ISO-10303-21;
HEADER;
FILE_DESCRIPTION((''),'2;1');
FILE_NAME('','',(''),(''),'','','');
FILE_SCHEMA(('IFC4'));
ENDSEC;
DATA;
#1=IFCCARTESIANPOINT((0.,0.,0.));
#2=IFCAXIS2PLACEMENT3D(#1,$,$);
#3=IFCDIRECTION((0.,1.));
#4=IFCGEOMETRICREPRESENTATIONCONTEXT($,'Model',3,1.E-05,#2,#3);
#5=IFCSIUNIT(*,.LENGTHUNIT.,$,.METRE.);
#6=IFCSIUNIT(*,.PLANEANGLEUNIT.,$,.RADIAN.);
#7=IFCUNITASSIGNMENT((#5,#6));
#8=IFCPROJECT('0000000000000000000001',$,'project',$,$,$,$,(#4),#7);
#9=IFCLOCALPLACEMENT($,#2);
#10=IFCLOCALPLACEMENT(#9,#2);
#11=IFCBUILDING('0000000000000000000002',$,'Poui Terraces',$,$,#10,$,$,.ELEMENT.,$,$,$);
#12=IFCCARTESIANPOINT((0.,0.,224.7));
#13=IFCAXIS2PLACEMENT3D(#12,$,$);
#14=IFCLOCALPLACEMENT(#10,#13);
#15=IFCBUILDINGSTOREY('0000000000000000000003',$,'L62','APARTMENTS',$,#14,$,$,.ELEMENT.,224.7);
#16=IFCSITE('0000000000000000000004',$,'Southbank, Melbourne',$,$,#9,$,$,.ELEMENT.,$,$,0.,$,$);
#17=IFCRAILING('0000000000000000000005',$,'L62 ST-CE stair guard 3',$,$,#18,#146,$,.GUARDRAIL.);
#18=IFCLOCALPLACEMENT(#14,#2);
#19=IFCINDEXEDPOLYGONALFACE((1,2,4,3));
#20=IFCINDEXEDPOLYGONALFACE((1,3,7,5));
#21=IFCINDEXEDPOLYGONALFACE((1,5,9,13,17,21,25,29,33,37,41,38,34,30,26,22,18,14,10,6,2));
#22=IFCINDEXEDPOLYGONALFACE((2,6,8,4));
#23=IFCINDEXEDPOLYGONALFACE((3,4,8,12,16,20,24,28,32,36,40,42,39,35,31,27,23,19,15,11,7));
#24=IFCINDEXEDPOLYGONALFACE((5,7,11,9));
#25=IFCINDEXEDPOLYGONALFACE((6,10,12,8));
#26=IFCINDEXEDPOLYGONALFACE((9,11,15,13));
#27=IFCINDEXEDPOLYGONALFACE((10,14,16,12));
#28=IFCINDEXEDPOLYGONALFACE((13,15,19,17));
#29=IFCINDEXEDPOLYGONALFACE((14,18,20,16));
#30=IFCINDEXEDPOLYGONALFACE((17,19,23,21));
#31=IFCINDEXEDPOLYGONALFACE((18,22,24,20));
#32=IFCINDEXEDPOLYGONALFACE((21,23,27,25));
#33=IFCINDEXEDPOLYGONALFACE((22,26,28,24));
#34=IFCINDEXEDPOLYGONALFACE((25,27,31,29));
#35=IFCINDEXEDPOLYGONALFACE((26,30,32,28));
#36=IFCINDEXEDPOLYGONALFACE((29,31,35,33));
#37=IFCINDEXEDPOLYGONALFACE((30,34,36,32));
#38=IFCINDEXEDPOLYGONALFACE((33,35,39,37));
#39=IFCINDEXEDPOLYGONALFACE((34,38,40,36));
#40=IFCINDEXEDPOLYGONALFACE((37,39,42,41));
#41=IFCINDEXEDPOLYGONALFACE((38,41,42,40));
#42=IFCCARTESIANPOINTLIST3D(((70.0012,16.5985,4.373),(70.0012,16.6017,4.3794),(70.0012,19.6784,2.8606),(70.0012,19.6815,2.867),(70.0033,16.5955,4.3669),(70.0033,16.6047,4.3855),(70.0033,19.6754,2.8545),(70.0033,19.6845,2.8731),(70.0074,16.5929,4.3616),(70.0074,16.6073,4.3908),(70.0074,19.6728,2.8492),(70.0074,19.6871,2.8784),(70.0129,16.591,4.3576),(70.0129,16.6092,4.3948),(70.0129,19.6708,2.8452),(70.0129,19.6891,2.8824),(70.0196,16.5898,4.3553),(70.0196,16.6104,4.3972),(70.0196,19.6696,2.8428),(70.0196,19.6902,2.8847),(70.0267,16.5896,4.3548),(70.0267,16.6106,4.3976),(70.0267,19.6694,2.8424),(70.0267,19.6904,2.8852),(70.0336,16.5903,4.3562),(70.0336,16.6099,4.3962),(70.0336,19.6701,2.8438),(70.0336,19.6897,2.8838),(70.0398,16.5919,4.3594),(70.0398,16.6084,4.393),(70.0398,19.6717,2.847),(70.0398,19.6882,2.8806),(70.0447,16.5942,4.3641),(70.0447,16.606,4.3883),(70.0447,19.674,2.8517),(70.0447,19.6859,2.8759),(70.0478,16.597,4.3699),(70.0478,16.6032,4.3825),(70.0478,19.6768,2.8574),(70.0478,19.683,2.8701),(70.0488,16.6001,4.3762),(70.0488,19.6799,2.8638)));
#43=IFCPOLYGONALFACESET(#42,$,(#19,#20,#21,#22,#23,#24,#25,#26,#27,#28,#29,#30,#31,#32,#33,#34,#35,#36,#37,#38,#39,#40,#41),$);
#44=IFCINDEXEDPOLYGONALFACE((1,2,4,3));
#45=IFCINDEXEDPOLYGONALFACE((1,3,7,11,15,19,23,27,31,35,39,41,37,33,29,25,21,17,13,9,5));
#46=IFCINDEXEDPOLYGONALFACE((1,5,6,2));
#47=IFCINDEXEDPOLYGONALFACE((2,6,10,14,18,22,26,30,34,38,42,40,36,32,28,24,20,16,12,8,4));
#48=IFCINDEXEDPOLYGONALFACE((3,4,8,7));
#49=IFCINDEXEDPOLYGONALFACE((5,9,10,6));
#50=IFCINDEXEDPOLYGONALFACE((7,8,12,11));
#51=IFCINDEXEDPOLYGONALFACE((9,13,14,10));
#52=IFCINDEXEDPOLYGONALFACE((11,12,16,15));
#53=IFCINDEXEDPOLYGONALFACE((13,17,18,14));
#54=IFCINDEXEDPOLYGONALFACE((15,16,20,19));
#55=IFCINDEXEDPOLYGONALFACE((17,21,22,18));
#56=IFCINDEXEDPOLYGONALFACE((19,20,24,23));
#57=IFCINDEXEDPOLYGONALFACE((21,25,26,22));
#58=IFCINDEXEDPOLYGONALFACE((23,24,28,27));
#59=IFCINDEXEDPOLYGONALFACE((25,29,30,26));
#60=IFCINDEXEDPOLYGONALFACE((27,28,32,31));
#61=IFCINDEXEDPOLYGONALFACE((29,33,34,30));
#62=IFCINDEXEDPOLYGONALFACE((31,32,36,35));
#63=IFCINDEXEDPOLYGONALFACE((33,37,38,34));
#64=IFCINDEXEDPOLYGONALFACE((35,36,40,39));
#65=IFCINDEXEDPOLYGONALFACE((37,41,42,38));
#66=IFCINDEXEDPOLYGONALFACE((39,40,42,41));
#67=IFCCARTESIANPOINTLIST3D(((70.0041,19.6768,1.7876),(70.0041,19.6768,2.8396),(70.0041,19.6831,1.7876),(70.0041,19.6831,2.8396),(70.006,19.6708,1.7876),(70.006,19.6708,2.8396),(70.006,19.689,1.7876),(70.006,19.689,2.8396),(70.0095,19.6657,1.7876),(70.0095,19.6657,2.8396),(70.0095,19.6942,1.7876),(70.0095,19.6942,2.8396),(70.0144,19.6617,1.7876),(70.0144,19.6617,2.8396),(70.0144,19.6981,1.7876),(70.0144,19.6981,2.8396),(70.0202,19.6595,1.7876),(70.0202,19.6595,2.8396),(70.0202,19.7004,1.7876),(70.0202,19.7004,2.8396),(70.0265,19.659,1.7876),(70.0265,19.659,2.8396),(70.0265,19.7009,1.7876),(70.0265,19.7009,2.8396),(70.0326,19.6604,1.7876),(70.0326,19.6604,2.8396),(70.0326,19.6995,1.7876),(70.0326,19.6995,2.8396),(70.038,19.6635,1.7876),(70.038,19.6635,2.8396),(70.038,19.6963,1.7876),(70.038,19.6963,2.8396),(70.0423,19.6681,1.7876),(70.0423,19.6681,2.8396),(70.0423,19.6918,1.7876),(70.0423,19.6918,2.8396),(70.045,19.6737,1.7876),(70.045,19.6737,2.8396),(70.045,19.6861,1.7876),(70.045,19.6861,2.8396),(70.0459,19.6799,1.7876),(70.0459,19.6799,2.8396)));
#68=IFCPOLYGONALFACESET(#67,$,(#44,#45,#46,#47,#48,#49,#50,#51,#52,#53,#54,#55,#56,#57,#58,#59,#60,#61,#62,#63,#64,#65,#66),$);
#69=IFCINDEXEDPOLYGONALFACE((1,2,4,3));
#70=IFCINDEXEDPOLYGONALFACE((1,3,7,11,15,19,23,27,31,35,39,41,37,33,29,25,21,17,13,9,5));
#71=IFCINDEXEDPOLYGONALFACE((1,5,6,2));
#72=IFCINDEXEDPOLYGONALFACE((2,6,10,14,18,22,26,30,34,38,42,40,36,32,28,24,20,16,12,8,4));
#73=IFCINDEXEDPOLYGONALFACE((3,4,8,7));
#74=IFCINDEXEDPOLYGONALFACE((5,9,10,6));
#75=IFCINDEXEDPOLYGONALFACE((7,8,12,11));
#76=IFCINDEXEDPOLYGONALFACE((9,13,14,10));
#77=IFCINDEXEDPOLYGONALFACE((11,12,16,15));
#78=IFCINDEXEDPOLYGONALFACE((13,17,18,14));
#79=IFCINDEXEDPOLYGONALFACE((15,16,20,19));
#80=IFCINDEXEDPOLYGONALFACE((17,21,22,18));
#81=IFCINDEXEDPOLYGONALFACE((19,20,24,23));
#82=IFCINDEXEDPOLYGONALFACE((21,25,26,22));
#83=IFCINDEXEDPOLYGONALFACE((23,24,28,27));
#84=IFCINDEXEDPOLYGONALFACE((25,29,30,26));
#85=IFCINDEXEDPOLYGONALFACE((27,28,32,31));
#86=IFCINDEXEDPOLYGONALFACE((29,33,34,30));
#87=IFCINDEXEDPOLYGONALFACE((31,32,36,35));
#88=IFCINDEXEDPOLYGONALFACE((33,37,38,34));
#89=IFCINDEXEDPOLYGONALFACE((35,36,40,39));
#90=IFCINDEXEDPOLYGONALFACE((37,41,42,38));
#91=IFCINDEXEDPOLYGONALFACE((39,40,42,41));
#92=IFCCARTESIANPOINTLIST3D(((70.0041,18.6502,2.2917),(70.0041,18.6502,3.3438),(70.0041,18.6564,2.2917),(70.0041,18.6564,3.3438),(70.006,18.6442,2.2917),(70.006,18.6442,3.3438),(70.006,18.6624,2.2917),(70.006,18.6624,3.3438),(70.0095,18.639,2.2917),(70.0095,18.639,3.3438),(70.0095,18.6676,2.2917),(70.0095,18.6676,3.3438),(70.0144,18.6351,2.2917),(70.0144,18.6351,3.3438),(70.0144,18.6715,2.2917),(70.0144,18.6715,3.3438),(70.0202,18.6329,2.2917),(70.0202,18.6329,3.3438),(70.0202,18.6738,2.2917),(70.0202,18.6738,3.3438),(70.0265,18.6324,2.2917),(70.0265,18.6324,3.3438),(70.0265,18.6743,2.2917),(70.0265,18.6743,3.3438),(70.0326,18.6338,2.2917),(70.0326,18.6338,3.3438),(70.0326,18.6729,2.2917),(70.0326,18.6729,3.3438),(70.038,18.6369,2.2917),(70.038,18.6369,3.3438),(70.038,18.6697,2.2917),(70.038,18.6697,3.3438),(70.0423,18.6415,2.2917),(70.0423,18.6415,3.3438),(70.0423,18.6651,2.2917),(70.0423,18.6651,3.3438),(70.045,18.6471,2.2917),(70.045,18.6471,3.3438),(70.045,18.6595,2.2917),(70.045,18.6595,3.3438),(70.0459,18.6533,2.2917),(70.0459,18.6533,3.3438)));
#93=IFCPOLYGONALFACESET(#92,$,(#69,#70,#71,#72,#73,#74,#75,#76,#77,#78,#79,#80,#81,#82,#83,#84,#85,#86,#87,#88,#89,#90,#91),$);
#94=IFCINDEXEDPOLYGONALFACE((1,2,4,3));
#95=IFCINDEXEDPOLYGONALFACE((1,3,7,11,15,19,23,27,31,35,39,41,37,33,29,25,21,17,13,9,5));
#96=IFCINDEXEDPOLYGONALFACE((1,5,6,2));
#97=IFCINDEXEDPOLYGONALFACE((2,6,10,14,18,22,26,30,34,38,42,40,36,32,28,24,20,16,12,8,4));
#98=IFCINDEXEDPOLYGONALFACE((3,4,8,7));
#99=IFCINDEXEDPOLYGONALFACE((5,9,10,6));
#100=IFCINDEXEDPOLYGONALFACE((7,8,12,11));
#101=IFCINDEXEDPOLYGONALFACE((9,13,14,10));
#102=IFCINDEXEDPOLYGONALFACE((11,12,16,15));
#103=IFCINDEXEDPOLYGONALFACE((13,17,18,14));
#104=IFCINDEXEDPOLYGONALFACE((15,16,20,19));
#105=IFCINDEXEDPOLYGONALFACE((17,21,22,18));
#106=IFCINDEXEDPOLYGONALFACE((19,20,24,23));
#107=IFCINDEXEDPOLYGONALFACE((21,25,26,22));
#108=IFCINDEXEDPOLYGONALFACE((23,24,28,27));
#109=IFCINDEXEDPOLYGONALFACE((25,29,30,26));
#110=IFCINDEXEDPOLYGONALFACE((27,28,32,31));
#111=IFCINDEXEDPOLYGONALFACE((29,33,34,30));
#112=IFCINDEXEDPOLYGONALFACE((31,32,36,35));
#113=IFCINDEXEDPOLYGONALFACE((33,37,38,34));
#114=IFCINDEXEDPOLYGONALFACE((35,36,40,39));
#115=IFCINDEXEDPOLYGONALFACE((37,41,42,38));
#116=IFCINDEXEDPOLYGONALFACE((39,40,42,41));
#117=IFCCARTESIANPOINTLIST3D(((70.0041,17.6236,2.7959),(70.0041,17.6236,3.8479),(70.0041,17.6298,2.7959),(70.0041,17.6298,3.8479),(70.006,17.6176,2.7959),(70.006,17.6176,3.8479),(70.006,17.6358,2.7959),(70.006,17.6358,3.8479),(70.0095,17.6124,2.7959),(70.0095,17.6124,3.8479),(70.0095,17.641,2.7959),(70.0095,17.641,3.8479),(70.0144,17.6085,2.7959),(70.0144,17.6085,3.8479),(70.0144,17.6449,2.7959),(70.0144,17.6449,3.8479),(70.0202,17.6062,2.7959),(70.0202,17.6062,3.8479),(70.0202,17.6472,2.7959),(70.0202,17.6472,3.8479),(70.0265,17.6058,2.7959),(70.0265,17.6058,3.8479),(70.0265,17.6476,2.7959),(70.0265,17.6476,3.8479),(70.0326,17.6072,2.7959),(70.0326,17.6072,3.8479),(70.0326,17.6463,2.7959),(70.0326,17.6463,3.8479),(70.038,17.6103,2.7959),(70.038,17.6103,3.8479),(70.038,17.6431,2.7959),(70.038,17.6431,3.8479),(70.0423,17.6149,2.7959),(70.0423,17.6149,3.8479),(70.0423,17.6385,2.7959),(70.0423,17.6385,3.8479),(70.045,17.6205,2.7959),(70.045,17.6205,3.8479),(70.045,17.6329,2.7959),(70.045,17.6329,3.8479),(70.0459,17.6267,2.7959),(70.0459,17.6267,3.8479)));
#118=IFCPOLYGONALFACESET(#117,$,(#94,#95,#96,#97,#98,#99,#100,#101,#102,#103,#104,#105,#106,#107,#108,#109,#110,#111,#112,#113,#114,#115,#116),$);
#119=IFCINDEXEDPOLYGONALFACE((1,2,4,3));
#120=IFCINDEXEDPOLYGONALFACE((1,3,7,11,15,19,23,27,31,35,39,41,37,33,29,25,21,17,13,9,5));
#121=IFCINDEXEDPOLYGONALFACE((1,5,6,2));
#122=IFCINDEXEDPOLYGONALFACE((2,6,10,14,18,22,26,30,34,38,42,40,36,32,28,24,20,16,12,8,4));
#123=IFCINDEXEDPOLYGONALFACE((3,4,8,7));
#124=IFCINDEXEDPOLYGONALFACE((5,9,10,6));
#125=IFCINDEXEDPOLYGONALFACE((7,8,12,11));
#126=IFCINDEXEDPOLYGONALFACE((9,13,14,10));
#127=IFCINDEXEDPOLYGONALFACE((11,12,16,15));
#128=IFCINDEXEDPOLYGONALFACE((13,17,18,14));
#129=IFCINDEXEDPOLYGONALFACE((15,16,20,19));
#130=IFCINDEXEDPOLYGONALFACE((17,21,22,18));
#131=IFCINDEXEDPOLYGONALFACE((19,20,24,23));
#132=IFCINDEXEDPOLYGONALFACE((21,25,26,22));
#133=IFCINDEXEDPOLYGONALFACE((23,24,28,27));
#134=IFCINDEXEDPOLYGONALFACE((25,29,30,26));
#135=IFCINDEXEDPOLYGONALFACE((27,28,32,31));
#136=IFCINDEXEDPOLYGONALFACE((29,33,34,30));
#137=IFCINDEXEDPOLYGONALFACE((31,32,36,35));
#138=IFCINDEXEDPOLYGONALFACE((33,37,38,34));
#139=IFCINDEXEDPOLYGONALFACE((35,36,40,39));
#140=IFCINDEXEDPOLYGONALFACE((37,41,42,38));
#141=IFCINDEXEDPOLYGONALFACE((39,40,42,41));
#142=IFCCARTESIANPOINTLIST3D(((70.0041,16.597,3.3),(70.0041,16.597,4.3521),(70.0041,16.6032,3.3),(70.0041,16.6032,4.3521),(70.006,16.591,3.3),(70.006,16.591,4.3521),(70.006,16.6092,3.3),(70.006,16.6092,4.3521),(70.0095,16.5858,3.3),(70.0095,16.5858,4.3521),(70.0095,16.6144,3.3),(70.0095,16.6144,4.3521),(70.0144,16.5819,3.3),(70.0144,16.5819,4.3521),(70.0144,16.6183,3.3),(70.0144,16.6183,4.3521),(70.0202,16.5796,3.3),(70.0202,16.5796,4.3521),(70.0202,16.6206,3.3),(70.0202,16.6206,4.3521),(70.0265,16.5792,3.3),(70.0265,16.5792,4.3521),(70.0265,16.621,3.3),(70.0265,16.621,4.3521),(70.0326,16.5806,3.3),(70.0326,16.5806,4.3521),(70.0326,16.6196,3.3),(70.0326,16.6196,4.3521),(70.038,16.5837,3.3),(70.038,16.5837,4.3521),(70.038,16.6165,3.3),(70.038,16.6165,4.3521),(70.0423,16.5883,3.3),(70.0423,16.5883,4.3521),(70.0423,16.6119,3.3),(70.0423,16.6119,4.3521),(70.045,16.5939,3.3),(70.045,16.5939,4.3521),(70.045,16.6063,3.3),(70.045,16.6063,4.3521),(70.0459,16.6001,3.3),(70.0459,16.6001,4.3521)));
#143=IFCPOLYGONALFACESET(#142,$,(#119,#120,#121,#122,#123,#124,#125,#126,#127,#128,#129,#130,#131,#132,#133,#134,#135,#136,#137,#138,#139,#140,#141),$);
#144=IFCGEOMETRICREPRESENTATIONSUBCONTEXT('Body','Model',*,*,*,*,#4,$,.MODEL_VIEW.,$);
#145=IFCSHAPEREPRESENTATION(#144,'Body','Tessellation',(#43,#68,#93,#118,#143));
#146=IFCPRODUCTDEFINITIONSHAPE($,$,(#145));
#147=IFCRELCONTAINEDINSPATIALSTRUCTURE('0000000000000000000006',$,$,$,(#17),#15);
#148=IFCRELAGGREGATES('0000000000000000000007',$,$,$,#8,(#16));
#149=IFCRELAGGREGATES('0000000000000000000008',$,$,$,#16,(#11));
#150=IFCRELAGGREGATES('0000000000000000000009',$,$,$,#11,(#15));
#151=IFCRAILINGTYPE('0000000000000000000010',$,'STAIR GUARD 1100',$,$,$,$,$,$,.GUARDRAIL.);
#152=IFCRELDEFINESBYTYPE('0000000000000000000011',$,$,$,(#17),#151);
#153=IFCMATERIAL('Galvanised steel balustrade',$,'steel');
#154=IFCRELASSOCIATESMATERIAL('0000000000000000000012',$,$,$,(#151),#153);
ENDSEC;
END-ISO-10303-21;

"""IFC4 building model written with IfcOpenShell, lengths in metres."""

from ifc_helpers import new_model, si_unit, direction, frame, origin, origin_2d, place, context, subcontext, project, spatial, circle, extrude, material, type_object, element, save


model = new_model("IFC4")

# Units and contexts
model_context = context("Model", 3, precision=1e-05, world=origin(), true_north=direction((0.0, 1.0)))
body_context = subcontext(model_context, "Body", "Model", "MODEL_VIEW")
ifc_project = project(units=[si_unit("LENGTHUNIT", "METRE"), si_unit("PLANEANGLEUNIT", "RADIAN")], contexts=[model_context])

# Site, building, storey
site_placement = place(None, origin())
site = spatial("IfcSite", under=ifc_project, at=site_placement, Name="Southbank, Melbourne", CompositionType="ELEMENT", RefElevation=0.0)
building_placement = place(site_placement, origin())
building = spatial("IfcBuilding", under=site, at=building_placement, Name="Poui Terraces", CompositionType="ELEMENT")
storey_placement = place(building_placement, frame((0.0, 0.0, 224.7)))
storey = spatial("IfcBuildingStorey", under=building, at=storey_placement, Name="L62", Description="APARTMENTS", CompositionType="ELEMENT", Elevation=224.7)

# Railing
ifc_material_1 = material(Name="Galvanised steel balustrade", Category="steel")
railing_type_1 = type_object("IfcRailingType", Name="STAIR GUARD 1100", PredefinedType="GUARDRAIL", material=ifc_material_1)
railing_1_placement = place(storey_placement, frame((70.0249, 19.6799, 1.7876)))
element("IfcRailing", 1, at=railing_1_placement, inside=storey, type_object=railing_type_1, Name="L62 ST-CE stair guard 3", PredefinedType="GUARDRAIL", context=body_context, shape_type="SweptSolid", body=[
    extrude(circle(Radius=0.0239, at=origin_2d()), frame((0.0, 0.0, 1.0762), z_axis=(0.0, -0.897606, 0.440798), x_axis=(1.0, 0.0, 0.0)), (0.0, 0.0, 1.0), 3.4312),
    extrude(circle(Radius=0.021, at=origin_2d()), origin(), (0.0, 0.0, 1.0), 1.052),
    extrude(circle(Radius=0.021, at=origin_2d()), frame((0.0, -1.0266, 0.5042)), (0.0, 0.0, 1.0), 1.052),
    extrude(circle(Radius=0.021, at=origin_2d()), frame((0.0, -2.0532, 1.0083)), (0.0, 0.0, 1.0), 1.052),
    extrude(circle(Radius=0.021, at=origin_2d()), frame((0.0, -3.0798, 1.5125)), (0.0, 0.0, 1.0), 1.052),
])

save(model, "model.ifc")
